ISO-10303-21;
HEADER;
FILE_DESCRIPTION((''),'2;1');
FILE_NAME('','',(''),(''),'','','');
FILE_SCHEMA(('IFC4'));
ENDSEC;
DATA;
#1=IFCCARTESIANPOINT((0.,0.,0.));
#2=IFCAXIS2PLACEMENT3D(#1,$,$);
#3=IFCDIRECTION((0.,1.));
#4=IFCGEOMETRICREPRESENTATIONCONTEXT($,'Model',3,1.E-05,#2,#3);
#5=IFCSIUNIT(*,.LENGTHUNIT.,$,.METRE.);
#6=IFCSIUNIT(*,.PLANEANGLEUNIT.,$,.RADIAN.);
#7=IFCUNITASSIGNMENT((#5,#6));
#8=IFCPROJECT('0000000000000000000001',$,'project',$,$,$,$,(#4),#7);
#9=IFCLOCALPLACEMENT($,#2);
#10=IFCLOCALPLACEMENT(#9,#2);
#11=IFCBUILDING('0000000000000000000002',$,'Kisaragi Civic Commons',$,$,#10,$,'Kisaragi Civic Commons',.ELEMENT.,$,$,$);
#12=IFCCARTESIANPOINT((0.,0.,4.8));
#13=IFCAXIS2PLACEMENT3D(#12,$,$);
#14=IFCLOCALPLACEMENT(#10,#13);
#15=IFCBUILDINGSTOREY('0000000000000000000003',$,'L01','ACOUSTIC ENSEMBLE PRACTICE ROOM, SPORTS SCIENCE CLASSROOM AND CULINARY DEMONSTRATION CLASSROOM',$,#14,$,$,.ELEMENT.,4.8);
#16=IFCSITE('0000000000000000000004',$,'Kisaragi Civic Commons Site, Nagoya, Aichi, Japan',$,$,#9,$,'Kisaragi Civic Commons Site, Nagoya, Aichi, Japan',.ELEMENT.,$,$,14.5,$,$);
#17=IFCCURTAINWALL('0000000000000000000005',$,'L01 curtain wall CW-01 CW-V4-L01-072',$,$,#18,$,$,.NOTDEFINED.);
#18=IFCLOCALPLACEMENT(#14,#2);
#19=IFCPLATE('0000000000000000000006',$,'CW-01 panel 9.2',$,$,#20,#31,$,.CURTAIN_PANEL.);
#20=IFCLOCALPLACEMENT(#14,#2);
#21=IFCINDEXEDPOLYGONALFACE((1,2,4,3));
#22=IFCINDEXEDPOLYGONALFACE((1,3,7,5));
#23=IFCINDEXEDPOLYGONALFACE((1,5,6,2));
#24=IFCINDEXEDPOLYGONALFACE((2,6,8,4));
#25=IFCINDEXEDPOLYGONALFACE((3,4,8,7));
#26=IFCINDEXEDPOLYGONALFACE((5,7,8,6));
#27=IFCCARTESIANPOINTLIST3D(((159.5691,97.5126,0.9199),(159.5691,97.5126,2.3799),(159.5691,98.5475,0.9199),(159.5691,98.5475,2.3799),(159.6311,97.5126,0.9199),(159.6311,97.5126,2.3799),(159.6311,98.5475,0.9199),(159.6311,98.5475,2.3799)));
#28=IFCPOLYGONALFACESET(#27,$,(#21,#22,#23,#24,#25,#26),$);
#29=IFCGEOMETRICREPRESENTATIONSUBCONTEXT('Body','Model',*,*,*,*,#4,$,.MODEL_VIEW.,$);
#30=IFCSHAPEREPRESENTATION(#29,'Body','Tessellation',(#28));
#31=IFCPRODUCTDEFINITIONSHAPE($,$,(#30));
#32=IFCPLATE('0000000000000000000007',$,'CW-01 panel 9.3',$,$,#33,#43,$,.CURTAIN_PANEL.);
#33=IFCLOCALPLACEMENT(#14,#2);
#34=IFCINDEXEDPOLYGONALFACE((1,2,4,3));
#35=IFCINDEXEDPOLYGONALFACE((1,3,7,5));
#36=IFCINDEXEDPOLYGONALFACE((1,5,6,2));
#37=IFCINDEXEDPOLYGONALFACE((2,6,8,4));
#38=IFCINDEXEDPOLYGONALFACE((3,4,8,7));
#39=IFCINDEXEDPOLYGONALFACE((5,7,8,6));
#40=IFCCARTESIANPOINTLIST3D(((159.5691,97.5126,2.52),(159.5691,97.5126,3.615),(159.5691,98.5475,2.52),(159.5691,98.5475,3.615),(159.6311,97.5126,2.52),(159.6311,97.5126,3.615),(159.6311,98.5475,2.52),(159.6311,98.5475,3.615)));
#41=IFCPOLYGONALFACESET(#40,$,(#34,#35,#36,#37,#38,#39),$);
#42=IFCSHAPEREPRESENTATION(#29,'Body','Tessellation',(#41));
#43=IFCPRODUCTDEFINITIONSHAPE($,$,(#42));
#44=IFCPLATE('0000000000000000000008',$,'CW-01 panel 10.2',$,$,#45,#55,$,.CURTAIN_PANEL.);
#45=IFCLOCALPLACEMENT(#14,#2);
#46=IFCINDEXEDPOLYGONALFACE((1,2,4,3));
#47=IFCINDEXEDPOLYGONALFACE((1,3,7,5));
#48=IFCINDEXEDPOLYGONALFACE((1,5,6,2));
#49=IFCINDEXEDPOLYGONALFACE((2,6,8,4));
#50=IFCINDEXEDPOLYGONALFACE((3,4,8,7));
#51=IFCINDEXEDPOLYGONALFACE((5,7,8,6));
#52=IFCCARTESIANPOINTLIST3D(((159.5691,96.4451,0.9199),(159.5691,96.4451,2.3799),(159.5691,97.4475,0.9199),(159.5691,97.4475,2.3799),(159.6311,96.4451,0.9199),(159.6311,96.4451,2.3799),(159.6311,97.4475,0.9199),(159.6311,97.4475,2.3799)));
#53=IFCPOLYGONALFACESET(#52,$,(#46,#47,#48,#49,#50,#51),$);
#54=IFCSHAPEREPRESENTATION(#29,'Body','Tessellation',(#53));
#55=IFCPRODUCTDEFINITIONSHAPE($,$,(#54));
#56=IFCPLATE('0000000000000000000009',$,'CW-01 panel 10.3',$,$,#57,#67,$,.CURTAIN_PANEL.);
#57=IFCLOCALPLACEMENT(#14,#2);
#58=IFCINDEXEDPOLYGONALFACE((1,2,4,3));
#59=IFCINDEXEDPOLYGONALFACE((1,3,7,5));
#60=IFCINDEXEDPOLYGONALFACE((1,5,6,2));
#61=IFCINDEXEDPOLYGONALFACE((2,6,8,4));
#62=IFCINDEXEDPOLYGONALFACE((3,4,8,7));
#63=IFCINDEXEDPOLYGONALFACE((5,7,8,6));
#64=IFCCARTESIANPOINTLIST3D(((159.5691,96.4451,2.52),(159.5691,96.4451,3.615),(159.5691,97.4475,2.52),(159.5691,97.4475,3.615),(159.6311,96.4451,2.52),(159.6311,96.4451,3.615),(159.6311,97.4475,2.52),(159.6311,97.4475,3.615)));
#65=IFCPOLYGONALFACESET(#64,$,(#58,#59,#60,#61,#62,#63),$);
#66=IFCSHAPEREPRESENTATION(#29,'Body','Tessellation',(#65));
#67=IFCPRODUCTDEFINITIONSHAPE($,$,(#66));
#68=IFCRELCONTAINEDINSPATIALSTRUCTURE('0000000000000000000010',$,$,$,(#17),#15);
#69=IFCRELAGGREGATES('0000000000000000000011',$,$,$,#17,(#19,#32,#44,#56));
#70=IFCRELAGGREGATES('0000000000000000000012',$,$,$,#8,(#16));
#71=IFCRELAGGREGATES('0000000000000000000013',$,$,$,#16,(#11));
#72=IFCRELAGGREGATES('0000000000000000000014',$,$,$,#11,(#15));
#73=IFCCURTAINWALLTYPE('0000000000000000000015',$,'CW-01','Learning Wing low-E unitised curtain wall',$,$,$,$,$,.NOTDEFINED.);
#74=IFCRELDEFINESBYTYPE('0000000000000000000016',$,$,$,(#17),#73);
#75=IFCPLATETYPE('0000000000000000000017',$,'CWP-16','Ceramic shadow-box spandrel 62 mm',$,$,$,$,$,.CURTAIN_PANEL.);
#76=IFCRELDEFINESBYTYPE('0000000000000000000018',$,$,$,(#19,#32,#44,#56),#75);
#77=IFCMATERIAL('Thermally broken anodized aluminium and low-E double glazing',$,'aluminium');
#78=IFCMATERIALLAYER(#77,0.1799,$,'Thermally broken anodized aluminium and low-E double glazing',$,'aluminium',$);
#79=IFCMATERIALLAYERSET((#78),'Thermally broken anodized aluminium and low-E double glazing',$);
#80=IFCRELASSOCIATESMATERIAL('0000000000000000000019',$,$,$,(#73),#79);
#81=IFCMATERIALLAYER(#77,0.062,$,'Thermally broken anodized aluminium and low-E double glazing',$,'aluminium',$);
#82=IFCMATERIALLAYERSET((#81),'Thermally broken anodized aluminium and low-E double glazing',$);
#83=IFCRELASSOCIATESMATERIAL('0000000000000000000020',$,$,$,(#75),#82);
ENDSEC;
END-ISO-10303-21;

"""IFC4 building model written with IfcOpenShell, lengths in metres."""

from ifc_helpers import new_model, si_unit, direction, frame, origin, origin_2d, place, context, subcontext, project, spatial, rectangle, extrude, material, layer, layer_set, type_object, element, aggregate, save


model = new_model("IFC4")

# Units and contexts
model_context = context("Model", 3, precision=1e-05, world=origin(), true_north=direction((0.0, 1.0)))
body_context = subcontext(model_context, "Body", "Model", "MODEL_VIEW")
ifc_project = project(units=[si_unit("LENGTHUNIT", "METRE"), si_unit("PLANEANGLEUNIT", "RADIAN")], contexts=[model_context])

# Site, building, storey
site_placement = place(None, origin())
site = spatial("IfcSite", under=ifc_project, at=site_placement, Name="Kisaragi Civic Commons Site, Nagoya, Aichi, Japan", LongName="Kisaragi Civic Commons Site, Nagoya, Aichi, Japan", CompositionType="ELEMENT", RefElevation=14.5)
building_placement = place(site_placement, origin())
building = spatial("IfcBuilding", under=site, at=building_placement, Name="Kisaragi Civic Commons", LongName="Kisaragi Civic Commons", CompositionType="ELEMENT")
storey_placement = place(building_placement, frame((0.0, 0.0, 4.8)))
storey = spatial("IfcBuildingStorey", under=building, at=storey_placement, Name="L01", Description="ACOUSTIC ENSEMBLE PRACTICE ROOM, SPORTS SCIENCE CLASSROOM AND CULINARY DEMONSTRATION CLASSROOM", CompositionType="ELEMENT", Elevation=4.8)

# Curtain wall, plates
ifc_material = material(Name="Thermally broken anodized aluminium and low-E double glazing", Category="aluminium")
ifc_layer_1 = layer(ifc_material, 0.1799, Name="Thermally broken anodized aluminium and low-E double glazing", Category="aluminium")
ifc_layer_set_1 = layer_set([ifc_layer_1], Name="Thermally broken anodized aluminium and low-E double glazing")
curtain_wall_type = type_object("IfcCurtainWallType", Name="CW-01", Description="Learning Wing low-E unitised curtain wall", PredefinedType="NOTDEFINED", material=ifc_layer_set_1)
curtain_wall_placement = place(storey_placement, origin())
curtain_wall = element("IfcCurtainWall", 1, at=curtain_wall_placement, inside=storey, type_object=curtain_wall_type, Name="L01 curtain wall CW-01 CW-V4-L01-072", PredefinedType="NOTDEFINED")
ifc_layer_2 = layer(ifc_material, 0.062, Name="Thermally broken anodized aluminium and low-E double glazing", Category="aluminium")
ifc_layer_set_2 = layer_set([ifc_layer_2], Name="Thermally broken anodized aluminium and low-E double glazing")
plate_type = type_object("IfcPlateType", Name="CWP-16", Description="Ceramic shadow-box spandrel 62 mm", PredefinedType="CURTAIN_PANEL", material=ifc_layer_set_2)
plate_1_placement = place(storey_placement, frame((159.6001, 98.03, 0.9199), z_axis=(0.0, 0.0, 1.0), x_axis=(0.0, -1.0, 0.0)))
plate_1 = element("IfcPlate", 2, at=plate_1_placement, type_object=plate_type, Name="CW-01 panel 9.2", PredefinedType="CURTAIN_PANEL", context=body_context, shape_type="SweptSolid", body=[
    extrude(rectangle(XDim=1.0349, YDim=0.062, at=origin_2d()), origin(), (0.0, 0.0, 1.0), 1.46),
])
plate_2_placement = place(storey_placement, frame((159.6001, 98.03, 2.52), z_axis=(0.0, 0.0, 1.0), x_axis=(0.0, -1.0, 0.0)))
plate_2 = element("IfcPlate", 3, at=plate_2_placement, type_object=plate_type, Name="CW-01 panel 9.3", PredefinedType="CURTAIN_PANEL", context=body_context, shape_type="SweptSolid", body=[
    extrude(rectangle(XDim=1.0349, YDim=0.062, at=origin_2d()), origin(), (0.0, 0.0, 1.0), 1.095),
])
plate_3_placement = place(storey_placement, frame((159.6001, 96.9463, 0.9199), z_axis=(0.0, 0.0, 1.0), x_axis=(0.0, -1.0, 0.0)))
plate_3 = element("IfcPlate", 4, at=plate_3_placement, type_object=plate_type, Name="CW-01 panel 10.2", PredefinedType="CURTAIN_PANEL", context=body_context, shape_type="SweptSolid", body=[
    extrude(rectangle(XDim=1.0024, YDim=0.062, at=origin_2d()), origin(), (0.0, 0.0, 1.0), 1.46),
])
plate_4_placement = place(storey_placement, frame((159.6001, 96.9463, 2.52), z_axis=(0.0, 0.0, 1.0), x_axis=(0.0, -1.0, 0.0)))
plate_4 = element("IfcPlate", 5, at=plate_4_placement, type_object=plate_type, Name="CW-01 panel 10.3", PredefinedType="CURTAIN_PANEL", context=body_context, shape_type="SweptSolid", body=[
    extrude(rectangle(XDim=1.0024, YDim=0.062, at=origin_2d()), origin(), (0.0, 0.0, 1.0), 1.095),
])
aggregate(curtain_wall, [plate_1, plate_2, plate_3, plate_4])

save(model, "model.ifc")
